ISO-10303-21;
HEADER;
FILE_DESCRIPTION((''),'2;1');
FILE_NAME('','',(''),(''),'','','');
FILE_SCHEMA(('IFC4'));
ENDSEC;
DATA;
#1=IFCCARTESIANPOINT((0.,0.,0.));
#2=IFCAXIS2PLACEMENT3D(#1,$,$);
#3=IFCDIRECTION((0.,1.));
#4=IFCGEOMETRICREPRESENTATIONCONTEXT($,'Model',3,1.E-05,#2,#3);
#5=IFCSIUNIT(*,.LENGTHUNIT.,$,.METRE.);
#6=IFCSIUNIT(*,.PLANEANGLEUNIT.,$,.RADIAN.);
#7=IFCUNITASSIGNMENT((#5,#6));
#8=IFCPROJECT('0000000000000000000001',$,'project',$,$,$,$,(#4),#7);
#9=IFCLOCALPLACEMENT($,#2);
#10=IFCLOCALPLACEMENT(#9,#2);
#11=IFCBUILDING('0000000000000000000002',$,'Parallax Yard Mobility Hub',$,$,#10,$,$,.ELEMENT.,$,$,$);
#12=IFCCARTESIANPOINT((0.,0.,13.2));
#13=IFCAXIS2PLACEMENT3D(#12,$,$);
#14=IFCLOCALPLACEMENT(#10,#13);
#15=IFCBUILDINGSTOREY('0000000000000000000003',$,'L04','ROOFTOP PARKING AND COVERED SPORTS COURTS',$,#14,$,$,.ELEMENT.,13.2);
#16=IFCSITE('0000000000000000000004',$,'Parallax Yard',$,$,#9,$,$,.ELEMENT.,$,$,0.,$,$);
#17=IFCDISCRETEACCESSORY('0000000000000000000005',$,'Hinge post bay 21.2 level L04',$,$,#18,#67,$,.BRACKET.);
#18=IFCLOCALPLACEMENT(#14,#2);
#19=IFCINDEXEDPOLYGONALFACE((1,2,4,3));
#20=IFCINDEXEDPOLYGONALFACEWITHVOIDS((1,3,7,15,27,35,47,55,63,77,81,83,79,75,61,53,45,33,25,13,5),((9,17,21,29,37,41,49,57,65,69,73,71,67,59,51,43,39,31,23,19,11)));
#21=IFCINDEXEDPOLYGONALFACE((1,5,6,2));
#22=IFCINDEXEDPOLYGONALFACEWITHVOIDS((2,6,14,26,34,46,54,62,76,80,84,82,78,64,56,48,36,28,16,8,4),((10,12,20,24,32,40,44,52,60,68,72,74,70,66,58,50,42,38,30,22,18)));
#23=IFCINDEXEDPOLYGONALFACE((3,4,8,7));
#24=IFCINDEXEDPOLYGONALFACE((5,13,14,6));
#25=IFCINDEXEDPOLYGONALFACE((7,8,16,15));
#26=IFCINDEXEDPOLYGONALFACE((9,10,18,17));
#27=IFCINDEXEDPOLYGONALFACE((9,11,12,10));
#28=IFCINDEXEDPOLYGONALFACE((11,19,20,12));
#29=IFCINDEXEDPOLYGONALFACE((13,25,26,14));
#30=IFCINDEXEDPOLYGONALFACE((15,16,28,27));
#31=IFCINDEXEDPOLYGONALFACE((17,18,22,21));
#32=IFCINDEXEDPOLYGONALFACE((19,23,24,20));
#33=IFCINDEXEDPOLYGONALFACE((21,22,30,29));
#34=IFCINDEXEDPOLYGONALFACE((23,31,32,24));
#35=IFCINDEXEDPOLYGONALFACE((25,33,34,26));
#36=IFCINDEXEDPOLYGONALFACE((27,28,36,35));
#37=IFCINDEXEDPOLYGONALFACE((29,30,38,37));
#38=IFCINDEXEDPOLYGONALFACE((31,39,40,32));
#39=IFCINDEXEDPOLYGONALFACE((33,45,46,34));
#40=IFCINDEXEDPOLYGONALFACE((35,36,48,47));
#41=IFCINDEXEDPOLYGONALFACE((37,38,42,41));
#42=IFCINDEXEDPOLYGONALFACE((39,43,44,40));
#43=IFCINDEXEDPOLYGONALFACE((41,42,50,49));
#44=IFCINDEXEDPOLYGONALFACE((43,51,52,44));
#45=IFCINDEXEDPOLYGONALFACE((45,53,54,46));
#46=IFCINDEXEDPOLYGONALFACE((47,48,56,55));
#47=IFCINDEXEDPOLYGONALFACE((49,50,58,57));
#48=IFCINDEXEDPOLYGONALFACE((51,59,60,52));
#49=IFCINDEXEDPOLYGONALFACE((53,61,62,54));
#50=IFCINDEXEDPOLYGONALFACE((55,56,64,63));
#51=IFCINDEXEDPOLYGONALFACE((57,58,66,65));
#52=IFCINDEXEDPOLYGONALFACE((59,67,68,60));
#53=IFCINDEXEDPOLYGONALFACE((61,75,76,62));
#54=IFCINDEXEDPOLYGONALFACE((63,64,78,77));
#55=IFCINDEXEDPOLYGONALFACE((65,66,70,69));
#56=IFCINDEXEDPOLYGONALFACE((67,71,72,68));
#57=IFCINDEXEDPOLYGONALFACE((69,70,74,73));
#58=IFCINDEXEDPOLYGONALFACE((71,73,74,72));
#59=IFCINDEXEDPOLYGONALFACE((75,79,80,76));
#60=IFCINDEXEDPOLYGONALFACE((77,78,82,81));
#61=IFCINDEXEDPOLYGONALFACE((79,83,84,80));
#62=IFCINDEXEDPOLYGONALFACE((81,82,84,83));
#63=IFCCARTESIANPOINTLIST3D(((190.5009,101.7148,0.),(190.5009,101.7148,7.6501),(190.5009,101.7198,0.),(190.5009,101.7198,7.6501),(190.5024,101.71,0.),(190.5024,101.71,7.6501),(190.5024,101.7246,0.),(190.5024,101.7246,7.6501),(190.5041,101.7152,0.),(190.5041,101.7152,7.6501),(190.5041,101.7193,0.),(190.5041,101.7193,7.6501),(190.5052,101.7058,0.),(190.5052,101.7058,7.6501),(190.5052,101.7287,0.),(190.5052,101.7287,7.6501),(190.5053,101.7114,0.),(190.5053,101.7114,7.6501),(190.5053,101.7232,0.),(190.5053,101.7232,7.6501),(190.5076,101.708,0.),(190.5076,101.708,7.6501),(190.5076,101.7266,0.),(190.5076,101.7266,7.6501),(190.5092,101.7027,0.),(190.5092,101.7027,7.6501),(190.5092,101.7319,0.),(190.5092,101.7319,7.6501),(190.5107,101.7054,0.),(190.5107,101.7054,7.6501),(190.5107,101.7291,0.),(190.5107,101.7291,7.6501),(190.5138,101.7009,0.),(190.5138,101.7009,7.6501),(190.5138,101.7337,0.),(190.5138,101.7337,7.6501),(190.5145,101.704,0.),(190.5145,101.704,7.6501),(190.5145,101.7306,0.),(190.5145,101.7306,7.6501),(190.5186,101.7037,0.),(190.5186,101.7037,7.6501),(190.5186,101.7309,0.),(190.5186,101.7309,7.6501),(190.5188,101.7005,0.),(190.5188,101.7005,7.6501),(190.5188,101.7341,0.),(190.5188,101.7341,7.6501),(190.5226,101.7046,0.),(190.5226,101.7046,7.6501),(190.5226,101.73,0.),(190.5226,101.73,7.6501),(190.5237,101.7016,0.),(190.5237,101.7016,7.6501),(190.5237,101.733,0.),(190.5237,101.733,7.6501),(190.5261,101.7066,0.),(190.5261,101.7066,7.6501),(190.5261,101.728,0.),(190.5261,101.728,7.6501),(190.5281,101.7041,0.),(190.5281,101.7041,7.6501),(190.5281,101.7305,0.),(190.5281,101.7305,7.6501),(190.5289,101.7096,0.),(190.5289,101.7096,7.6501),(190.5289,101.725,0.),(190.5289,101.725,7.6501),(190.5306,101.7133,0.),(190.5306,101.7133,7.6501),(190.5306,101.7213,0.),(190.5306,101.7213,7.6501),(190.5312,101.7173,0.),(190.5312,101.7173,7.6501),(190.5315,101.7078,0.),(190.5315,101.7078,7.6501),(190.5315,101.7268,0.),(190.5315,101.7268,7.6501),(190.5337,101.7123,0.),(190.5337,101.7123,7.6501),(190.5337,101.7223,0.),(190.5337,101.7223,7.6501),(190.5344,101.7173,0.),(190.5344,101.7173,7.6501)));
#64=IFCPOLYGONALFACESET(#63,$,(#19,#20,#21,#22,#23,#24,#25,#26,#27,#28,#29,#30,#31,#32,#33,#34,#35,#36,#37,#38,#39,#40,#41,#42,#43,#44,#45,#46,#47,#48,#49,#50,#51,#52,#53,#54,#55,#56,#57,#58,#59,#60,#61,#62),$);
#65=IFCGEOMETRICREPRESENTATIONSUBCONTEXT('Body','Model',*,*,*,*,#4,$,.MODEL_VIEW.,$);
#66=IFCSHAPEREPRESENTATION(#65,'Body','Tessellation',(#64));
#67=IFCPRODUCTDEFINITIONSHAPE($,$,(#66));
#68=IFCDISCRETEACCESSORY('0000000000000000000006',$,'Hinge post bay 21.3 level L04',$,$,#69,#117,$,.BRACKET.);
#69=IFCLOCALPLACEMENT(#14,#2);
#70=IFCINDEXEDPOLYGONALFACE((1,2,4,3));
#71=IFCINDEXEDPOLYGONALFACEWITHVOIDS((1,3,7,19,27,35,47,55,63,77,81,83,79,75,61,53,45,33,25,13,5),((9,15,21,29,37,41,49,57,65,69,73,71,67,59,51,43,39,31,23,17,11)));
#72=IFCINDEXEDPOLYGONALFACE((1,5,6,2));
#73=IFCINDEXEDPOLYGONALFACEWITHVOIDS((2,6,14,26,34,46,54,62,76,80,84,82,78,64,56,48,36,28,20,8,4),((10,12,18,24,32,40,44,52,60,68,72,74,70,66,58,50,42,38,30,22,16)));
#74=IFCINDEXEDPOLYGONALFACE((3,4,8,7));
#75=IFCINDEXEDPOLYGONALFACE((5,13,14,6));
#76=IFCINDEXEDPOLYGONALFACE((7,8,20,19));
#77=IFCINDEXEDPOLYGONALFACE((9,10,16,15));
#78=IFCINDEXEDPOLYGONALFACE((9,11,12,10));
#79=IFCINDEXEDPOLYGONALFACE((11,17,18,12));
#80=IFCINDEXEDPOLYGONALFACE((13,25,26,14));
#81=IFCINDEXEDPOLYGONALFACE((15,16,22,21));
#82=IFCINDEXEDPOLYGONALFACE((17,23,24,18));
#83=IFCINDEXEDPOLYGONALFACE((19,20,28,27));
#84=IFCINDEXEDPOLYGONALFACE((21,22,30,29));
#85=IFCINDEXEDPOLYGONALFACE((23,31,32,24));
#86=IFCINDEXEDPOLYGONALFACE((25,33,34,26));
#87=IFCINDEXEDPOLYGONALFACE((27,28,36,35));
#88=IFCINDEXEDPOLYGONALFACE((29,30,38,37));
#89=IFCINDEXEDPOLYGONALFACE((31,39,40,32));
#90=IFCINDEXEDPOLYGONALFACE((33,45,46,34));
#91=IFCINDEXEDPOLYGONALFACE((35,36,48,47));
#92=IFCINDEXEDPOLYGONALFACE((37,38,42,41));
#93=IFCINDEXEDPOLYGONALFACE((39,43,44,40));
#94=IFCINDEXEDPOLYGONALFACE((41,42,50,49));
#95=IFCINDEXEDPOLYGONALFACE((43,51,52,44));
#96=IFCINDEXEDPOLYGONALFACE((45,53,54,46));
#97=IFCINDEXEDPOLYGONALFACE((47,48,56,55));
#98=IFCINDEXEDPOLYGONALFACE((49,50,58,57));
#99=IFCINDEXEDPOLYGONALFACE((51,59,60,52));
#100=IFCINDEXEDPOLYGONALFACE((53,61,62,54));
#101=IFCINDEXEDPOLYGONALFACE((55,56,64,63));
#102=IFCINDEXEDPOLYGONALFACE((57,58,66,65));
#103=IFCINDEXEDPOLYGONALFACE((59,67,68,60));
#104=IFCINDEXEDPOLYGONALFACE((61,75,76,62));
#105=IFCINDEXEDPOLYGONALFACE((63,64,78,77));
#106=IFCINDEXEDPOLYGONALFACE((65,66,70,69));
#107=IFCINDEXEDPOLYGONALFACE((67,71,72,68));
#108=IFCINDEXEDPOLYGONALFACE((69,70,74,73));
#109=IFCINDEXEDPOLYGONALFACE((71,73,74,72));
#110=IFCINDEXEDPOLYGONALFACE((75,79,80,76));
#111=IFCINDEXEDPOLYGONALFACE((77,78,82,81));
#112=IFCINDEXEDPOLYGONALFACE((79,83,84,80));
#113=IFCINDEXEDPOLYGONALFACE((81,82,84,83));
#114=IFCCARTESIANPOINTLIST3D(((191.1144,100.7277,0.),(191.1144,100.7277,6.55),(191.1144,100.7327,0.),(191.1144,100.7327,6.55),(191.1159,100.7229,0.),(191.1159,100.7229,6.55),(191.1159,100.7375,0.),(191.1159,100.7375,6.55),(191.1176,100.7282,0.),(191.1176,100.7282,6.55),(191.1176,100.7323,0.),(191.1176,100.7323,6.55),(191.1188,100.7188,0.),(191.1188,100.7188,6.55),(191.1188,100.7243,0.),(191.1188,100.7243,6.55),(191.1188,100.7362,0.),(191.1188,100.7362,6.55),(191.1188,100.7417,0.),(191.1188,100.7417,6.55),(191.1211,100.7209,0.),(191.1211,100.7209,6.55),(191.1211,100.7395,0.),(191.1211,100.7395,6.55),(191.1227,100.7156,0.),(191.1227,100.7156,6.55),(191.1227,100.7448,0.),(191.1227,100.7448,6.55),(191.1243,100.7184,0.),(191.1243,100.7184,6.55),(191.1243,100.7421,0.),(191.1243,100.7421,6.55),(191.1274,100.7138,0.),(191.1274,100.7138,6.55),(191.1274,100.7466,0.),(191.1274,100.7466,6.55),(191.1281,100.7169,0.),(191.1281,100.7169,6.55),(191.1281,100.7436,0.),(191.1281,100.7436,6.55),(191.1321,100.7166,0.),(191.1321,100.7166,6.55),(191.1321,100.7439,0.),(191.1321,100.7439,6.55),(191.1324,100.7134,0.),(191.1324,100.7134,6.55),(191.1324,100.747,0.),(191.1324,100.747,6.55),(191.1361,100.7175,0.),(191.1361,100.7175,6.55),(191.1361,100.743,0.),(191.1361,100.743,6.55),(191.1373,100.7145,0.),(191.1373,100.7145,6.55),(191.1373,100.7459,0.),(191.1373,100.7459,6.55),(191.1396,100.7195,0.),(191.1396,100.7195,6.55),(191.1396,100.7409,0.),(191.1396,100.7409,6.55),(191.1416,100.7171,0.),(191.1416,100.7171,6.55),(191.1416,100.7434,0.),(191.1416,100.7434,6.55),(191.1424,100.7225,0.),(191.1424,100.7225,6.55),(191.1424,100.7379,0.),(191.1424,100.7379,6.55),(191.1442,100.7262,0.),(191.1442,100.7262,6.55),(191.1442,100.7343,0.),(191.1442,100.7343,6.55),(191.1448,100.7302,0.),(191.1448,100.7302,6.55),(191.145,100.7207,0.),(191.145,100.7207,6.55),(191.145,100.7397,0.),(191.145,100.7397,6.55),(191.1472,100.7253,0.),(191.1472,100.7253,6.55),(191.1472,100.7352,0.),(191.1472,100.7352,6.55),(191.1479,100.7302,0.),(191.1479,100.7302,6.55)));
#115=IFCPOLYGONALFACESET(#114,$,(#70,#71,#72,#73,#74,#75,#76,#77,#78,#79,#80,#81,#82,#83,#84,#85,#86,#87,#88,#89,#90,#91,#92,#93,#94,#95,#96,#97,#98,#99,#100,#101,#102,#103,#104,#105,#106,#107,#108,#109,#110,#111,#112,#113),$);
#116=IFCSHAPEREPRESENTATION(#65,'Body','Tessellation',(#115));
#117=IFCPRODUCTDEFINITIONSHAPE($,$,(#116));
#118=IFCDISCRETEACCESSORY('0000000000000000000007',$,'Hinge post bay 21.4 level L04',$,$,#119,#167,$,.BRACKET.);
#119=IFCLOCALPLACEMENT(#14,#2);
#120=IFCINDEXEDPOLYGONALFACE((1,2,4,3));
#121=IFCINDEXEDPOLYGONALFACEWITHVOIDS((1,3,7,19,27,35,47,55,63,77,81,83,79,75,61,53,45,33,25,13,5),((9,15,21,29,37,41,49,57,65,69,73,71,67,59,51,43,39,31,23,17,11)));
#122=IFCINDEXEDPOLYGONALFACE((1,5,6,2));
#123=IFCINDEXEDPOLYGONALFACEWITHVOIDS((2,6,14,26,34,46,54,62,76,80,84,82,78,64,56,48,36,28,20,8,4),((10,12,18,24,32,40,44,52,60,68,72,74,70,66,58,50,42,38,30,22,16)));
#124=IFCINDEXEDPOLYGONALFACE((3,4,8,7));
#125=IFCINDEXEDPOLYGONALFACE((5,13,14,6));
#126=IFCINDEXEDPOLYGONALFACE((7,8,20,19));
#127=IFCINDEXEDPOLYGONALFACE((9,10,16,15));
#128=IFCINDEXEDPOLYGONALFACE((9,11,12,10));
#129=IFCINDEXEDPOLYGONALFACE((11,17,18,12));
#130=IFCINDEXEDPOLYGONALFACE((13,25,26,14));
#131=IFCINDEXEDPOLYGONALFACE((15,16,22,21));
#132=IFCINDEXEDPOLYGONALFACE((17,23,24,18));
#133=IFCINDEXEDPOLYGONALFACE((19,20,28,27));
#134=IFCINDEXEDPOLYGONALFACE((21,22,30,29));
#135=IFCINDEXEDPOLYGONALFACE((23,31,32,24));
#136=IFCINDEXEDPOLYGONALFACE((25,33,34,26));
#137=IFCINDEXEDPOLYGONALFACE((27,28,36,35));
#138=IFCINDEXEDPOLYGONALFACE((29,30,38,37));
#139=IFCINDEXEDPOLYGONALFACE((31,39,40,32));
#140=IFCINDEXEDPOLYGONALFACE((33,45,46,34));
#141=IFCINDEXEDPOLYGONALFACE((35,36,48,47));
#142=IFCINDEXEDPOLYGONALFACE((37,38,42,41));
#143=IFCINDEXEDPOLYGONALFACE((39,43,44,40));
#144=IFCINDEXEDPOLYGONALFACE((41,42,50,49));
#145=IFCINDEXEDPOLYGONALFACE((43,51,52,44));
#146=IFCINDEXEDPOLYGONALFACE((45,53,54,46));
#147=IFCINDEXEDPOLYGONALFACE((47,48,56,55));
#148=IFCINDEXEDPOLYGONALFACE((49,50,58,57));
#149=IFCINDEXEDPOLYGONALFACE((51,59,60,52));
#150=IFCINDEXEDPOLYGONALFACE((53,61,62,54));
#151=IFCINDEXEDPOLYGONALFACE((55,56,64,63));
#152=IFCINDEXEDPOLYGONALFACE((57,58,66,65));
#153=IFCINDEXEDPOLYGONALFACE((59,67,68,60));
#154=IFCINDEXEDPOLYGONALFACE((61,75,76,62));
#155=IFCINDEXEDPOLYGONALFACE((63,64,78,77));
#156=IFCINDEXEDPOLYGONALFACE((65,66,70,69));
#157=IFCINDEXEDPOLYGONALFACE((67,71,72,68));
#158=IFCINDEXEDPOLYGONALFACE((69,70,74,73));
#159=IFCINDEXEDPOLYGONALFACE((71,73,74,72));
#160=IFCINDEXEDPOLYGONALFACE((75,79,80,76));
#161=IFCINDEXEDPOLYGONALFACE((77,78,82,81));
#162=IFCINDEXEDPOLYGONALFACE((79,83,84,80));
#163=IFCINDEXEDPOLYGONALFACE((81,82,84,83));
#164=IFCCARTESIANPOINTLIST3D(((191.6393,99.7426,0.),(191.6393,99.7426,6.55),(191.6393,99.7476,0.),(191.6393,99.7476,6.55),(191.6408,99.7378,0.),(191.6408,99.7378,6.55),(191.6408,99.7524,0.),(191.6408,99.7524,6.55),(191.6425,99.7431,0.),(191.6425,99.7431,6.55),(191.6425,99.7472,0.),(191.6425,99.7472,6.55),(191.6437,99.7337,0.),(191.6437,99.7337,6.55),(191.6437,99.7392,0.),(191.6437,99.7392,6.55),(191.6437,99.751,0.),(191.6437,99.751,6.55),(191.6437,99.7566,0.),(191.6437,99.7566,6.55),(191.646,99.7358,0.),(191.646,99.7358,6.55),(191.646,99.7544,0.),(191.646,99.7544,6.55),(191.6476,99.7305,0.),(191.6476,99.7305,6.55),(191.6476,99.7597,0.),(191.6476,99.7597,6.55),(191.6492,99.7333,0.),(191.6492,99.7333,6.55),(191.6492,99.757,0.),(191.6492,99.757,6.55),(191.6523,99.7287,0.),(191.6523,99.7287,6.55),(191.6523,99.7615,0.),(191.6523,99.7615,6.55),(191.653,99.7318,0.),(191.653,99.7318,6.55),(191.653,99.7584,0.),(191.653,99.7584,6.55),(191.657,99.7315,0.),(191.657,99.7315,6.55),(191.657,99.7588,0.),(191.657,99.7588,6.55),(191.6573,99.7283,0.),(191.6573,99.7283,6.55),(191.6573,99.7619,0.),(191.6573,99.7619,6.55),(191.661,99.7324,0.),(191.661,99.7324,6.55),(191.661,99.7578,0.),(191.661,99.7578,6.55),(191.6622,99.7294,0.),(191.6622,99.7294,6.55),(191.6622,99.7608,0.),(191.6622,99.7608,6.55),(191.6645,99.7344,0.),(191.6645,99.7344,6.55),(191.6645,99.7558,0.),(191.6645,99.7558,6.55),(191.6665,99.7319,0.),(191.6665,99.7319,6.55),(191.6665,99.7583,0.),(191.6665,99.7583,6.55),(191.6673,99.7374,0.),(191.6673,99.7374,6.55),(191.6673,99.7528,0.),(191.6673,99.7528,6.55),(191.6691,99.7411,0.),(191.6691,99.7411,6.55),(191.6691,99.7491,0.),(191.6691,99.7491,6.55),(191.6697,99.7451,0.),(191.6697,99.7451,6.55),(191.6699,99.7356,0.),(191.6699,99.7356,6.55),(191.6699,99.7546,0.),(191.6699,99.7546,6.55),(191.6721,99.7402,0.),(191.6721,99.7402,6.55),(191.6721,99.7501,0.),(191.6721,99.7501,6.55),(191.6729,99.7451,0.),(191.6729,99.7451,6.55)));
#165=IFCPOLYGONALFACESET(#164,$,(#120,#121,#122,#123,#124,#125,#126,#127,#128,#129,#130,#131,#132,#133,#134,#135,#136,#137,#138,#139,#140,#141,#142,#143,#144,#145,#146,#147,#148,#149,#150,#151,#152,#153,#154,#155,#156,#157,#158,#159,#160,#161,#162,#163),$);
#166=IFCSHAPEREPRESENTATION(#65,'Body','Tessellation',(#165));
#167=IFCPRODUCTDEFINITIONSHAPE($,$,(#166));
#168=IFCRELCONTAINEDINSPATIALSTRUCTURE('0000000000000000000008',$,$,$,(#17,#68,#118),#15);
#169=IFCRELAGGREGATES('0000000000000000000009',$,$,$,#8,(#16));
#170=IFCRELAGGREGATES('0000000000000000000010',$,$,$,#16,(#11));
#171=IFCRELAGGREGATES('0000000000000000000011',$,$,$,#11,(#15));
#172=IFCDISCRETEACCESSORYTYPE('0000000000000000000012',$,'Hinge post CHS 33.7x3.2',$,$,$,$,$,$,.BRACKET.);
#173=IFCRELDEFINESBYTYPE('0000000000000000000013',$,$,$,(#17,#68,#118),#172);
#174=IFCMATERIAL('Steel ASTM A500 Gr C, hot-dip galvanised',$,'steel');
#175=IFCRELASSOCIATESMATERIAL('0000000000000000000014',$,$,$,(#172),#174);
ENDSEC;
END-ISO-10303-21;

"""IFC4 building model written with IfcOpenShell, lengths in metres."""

from ifc_helpers import new_model, si_unit, direction, frame, origin, origin_2d, place, context, subcontext, project, spatial, hollow_circle, extrude, material, material_profile, profile_set, type_object, element, save


model = new_model("IFC4")

# Units and contexts
model_context = context("Model", 3, precision=1e-05, world=origin(), true_north=direction((0.0, 1.0)))
body_context = subcontext(model_context, "Body", "Model", "MODEL_VIEW")
ifc_project = project(units=[si_unit("LENGTHUNIT", "METRE"), si_unit("PLANEANGLEUNIT", "RADIAN")], contexts=[model_context])

# Site, building, storey
site_placement = place(None, origin())
site = spatial("IfcSite", under=ifc_project, at=site_placement, Name="Parallax Yard", CompositionType="ELEMENT", RefElevation=0.0)
building_placement = place(site_placement, origin())
building = spatial("IfcBuilding", under=site, at=building_placement, Name="Parallax Yard Mobility Hub", CompositionType="ELEMENT")
storey_placement = place(building_placement, frame((0.0, 0.0, 13.2)))
storey = spatial("IfcBuildingStorey", under=building, at=storey_placement, Name="L04", Description="ROOFTOP PARKING AND COVERED SPORTS COURTS", CompositionType="ELEMENT", Elevation=13.2)

# Discrete accessories
ifc_material_1 = material(Name="Steel ASTM A500 Gr C, hot-dip galvanised", Category="steel")
ifc_material_profile_1 = material_profile(ifc_material_1, hollow_circle(Radius=0.0168, WallThickness=0.0032, at=origin_2d()), Name="CHS 33.7x3.2")
ifc_profile_set_1 = profile_set([ifc_material_profile_1], Name="Steel ASTM A500 Gr C, hot-dip galvanised")
discrete_accessory_type_1 = type_object("IfcDiscreteAccessoryType", Name="Hinge post CHS 33.7x3.2", PredefinedType="BRACKET", material=ifc_profile_set_1)
for number, where, z_axis, x_axis, name in (
    (1, (190.5176, 101.7173, 0.0), (0.0, 0.0, 1.0), (1.0, 0.0, 0.0), "Hinge post bay 21.2 level L04"),
):
    element("IfcDiscreteAccessory", number, at=place(storey_placement, frame(where, z_axis=z_axis, x_axis=x_axis)), inside=storey, type_object=discrete_accessory_type_1, Name=name, PredefinedType="BRACKET", context=body_context, shape_type="SweptSolid", body=[
        extrude(hollow_circle(Radius=0.0168, WallThickness=0.0032, at=origin_2d()), origin(), (0.0, 0.0, 1.0), 7.6501),
    ])
for number, where, z_axis, x_axis, name in (
    (2, (191.1311, 100.7302, 0.0), (0.0, 0.0, 1.0), (1.0, 0.0, 0.0), "Hinge post bay 21.3 level L04"),
    (3, (191.656, 99.7451, 0.0), (0.0, 0.0, 1.0), (1.0, 0.0, 0.0), "Hinge post bay 21.4 level L04"),
):
    element("IfcDiscreteAccessory", number, at=place(storey_placement, frame(where, z_axis=z_axis, x_axis=x_axis)), inside=storey, type_object=discrete_accessory_type_1, Name=name, PredefinedType="BRACKET", context=body_context, shape_type="SweptSolid", body=[
        extrude(hollow_circle(Radius=0.0168, WallThickness=0.0032, at=origin_2d()), origin(), (0.0, 0.0, 1.0), 6.55),
    ])

save(model, "model.ifc")
